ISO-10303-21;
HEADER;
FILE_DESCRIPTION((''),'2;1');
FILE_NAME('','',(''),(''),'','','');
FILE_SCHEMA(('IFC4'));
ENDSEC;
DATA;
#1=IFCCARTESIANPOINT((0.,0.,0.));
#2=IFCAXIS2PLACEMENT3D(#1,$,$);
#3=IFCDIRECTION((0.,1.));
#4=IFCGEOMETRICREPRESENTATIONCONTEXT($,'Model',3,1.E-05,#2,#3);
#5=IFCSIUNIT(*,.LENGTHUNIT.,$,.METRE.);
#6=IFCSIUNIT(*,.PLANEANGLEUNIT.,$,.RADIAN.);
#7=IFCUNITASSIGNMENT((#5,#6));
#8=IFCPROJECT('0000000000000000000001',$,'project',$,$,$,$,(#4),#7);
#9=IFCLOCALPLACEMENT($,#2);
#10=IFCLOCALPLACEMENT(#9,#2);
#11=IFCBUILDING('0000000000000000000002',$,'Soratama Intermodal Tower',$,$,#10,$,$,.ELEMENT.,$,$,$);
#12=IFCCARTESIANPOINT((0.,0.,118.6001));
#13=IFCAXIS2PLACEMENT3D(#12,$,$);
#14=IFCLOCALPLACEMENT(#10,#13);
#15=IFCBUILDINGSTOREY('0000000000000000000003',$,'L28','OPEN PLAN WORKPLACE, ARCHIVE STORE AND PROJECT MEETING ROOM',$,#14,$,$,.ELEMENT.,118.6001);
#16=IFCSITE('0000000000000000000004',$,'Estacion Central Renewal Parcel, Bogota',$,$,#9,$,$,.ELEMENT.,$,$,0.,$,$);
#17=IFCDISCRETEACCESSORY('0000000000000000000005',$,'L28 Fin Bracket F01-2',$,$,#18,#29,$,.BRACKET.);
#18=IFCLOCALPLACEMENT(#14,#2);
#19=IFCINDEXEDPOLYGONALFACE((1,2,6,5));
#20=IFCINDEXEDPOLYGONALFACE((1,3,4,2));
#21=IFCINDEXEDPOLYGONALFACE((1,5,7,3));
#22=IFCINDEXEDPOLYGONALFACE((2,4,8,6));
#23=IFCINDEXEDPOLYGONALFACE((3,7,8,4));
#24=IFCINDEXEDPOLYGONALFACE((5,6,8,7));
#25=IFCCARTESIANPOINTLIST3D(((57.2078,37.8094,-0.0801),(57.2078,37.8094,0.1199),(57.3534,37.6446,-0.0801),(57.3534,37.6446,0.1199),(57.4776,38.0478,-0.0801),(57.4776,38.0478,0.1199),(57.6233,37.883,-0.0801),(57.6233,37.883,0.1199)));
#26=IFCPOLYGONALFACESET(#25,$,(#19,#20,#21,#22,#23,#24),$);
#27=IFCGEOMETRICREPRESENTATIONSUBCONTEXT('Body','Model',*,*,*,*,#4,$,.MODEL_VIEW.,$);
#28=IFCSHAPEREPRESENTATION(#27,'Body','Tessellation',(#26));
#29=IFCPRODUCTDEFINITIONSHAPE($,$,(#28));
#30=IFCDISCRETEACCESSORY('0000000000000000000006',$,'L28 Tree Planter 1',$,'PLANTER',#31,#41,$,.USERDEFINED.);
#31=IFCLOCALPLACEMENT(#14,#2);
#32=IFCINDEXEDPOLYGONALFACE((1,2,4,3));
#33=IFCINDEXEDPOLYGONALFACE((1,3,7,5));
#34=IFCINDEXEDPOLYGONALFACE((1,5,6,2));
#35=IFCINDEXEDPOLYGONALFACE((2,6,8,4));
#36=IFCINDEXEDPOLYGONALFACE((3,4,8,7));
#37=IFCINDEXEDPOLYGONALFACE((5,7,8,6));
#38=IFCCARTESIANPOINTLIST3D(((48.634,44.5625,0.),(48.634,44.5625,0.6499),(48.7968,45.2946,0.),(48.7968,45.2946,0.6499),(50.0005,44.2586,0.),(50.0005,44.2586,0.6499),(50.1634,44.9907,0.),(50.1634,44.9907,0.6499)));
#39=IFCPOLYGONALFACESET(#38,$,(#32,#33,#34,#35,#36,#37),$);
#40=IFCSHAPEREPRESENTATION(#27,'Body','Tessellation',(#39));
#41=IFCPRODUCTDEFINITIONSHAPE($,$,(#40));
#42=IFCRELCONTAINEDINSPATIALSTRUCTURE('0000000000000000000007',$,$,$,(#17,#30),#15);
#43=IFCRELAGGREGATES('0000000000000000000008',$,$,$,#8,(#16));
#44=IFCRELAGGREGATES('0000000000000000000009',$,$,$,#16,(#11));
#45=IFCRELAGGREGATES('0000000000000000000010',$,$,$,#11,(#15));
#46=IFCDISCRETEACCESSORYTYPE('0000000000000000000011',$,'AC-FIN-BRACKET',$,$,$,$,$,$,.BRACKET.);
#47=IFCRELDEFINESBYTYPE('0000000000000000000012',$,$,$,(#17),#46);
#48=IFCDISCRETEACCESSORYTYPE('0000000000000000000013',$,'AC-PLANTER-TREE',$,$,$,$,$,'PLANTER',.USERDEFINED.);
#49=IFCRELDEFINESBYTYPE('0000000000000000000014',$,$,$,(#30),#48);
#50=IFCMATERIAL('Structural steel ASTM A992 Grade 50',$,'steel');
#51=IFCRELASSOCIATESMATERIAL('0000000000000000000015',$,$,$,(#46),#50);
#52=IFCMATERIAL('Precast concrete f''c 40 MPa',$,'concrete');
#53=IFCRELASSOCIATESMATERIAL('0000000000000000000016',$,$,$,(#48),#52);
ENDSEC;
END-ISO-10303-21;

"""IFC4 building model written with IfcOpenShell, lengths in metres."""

from ifc_helpers import new_model, si_unit, direction, frame, origin, origin_2d, place, context, subcontext, project, spatial, rectangle, extrude, material, type_object, element, save


model = new_model("IFC4")

# Units and contexts
model_context = context("Model", 3, precision=1e-05, world=origin(), true_north=direction((0.0, 1.0)))
body_context = subcontext(model_context, "Body", "Model", "MODEL_VIEW")
ifc_project = project(units=[si_unit("LENGTHUNIT", "METRE"), si_unit("PLANEANGLEUNIT", "RADIAN")], contexts=[model_context])

# Site, building, storey
site_placement = place(None, origin())
site = spatial("IfcSite", under=ifc_project, at=site_placement, Name="Estacion Central Renewal Parcel, Bogota", CompositionType="ELEMENT", RefElevation=0.0)
building_placement = place(site_placement, origin())
building = spatial("IfcBuilding", under=site, at=building_placement, Name="Soratama Intermodal Tower", CompositionType="ELEMENT")
storey_placement = place(building_placement, frame((0.0, 0.0, 118.6001)))
storey = spatial("IfcBuildingStorey", under=building, at=storey_placement, Name="L28", Description="OPEN PLAN WORKPLACE, ARCHIVE STORE AND PROJECT MEETING ROOM", CompositionType="ELEMENT", Elevation=118.6001)

# Discrete accessories
ifc_material_1 = material(Name="Structural steel ASTM A992 Grade 50", Category="steel")
discrete_accessory_type_1 = type_object("IfcDiscreteAccessoryType", Name="AC-FIN-BRACKET", PredefinedType="BRACKET", material=ifc_material_1)
for number, where, z_axis, x_axis, name in (
    (1, (57.4155, 37.8462, -0.0801), (0.0, 0.0, 1.0), (0.749418, 0.662097, 0.0), "L28 Fin Bracket F01-2"),
):
    element("IfcDiscreteAccessory", number, at=place(storey_placement, frame(where, z_axis=z_axis, x_axis=x_axis)), inside=storey, type_object=discrete_accessory_type_1, Name=name, PredefinedType="BRACKET", context=body_context, shape_type="SweptSolid", body=[
        extrude(rectangle(XDim=0.3601, YDim=0.22, at=origin_2d()), origin(), (0.0, 0.0, 1.0), 0.2),
    ])
ifc_material_2 = material(Name="Precast concrete f'c 40 MPa", Category="concrete")
discrete_accessory_type_2 = type_object("IfcDiscreteAccessoryType", Name="AC-PLANTER-TREE", ElementType="PLANTER", PredefinedType="USERDEFINED", material=ifc_material_2)
discrete_accessory_placement = place(storey_placement, frame((49.3987, 44.7766, 0.0), z_axis=(0.0, 0.0, 1.0), x_axis=(0.217121, 0.976145, 0.0)))
element("IfcDiscreteAccessory", 2, at=discrete_accessory_placement, inside=storey, type_object=discrete_accessory_type_2, Name="L28 Tree Planter 1", ObjectType="PLANTER", PredefinedType="USERDEFINED", context=body_context, shape_type="SweptSolid", body=[
    extrude(rectangle(XDim=0.75, YDim=1.3999, at=origin_2d()), origin(), (0.0, 0.0, 1.0), 0.6499),
])

save(model, "model.ifc")
